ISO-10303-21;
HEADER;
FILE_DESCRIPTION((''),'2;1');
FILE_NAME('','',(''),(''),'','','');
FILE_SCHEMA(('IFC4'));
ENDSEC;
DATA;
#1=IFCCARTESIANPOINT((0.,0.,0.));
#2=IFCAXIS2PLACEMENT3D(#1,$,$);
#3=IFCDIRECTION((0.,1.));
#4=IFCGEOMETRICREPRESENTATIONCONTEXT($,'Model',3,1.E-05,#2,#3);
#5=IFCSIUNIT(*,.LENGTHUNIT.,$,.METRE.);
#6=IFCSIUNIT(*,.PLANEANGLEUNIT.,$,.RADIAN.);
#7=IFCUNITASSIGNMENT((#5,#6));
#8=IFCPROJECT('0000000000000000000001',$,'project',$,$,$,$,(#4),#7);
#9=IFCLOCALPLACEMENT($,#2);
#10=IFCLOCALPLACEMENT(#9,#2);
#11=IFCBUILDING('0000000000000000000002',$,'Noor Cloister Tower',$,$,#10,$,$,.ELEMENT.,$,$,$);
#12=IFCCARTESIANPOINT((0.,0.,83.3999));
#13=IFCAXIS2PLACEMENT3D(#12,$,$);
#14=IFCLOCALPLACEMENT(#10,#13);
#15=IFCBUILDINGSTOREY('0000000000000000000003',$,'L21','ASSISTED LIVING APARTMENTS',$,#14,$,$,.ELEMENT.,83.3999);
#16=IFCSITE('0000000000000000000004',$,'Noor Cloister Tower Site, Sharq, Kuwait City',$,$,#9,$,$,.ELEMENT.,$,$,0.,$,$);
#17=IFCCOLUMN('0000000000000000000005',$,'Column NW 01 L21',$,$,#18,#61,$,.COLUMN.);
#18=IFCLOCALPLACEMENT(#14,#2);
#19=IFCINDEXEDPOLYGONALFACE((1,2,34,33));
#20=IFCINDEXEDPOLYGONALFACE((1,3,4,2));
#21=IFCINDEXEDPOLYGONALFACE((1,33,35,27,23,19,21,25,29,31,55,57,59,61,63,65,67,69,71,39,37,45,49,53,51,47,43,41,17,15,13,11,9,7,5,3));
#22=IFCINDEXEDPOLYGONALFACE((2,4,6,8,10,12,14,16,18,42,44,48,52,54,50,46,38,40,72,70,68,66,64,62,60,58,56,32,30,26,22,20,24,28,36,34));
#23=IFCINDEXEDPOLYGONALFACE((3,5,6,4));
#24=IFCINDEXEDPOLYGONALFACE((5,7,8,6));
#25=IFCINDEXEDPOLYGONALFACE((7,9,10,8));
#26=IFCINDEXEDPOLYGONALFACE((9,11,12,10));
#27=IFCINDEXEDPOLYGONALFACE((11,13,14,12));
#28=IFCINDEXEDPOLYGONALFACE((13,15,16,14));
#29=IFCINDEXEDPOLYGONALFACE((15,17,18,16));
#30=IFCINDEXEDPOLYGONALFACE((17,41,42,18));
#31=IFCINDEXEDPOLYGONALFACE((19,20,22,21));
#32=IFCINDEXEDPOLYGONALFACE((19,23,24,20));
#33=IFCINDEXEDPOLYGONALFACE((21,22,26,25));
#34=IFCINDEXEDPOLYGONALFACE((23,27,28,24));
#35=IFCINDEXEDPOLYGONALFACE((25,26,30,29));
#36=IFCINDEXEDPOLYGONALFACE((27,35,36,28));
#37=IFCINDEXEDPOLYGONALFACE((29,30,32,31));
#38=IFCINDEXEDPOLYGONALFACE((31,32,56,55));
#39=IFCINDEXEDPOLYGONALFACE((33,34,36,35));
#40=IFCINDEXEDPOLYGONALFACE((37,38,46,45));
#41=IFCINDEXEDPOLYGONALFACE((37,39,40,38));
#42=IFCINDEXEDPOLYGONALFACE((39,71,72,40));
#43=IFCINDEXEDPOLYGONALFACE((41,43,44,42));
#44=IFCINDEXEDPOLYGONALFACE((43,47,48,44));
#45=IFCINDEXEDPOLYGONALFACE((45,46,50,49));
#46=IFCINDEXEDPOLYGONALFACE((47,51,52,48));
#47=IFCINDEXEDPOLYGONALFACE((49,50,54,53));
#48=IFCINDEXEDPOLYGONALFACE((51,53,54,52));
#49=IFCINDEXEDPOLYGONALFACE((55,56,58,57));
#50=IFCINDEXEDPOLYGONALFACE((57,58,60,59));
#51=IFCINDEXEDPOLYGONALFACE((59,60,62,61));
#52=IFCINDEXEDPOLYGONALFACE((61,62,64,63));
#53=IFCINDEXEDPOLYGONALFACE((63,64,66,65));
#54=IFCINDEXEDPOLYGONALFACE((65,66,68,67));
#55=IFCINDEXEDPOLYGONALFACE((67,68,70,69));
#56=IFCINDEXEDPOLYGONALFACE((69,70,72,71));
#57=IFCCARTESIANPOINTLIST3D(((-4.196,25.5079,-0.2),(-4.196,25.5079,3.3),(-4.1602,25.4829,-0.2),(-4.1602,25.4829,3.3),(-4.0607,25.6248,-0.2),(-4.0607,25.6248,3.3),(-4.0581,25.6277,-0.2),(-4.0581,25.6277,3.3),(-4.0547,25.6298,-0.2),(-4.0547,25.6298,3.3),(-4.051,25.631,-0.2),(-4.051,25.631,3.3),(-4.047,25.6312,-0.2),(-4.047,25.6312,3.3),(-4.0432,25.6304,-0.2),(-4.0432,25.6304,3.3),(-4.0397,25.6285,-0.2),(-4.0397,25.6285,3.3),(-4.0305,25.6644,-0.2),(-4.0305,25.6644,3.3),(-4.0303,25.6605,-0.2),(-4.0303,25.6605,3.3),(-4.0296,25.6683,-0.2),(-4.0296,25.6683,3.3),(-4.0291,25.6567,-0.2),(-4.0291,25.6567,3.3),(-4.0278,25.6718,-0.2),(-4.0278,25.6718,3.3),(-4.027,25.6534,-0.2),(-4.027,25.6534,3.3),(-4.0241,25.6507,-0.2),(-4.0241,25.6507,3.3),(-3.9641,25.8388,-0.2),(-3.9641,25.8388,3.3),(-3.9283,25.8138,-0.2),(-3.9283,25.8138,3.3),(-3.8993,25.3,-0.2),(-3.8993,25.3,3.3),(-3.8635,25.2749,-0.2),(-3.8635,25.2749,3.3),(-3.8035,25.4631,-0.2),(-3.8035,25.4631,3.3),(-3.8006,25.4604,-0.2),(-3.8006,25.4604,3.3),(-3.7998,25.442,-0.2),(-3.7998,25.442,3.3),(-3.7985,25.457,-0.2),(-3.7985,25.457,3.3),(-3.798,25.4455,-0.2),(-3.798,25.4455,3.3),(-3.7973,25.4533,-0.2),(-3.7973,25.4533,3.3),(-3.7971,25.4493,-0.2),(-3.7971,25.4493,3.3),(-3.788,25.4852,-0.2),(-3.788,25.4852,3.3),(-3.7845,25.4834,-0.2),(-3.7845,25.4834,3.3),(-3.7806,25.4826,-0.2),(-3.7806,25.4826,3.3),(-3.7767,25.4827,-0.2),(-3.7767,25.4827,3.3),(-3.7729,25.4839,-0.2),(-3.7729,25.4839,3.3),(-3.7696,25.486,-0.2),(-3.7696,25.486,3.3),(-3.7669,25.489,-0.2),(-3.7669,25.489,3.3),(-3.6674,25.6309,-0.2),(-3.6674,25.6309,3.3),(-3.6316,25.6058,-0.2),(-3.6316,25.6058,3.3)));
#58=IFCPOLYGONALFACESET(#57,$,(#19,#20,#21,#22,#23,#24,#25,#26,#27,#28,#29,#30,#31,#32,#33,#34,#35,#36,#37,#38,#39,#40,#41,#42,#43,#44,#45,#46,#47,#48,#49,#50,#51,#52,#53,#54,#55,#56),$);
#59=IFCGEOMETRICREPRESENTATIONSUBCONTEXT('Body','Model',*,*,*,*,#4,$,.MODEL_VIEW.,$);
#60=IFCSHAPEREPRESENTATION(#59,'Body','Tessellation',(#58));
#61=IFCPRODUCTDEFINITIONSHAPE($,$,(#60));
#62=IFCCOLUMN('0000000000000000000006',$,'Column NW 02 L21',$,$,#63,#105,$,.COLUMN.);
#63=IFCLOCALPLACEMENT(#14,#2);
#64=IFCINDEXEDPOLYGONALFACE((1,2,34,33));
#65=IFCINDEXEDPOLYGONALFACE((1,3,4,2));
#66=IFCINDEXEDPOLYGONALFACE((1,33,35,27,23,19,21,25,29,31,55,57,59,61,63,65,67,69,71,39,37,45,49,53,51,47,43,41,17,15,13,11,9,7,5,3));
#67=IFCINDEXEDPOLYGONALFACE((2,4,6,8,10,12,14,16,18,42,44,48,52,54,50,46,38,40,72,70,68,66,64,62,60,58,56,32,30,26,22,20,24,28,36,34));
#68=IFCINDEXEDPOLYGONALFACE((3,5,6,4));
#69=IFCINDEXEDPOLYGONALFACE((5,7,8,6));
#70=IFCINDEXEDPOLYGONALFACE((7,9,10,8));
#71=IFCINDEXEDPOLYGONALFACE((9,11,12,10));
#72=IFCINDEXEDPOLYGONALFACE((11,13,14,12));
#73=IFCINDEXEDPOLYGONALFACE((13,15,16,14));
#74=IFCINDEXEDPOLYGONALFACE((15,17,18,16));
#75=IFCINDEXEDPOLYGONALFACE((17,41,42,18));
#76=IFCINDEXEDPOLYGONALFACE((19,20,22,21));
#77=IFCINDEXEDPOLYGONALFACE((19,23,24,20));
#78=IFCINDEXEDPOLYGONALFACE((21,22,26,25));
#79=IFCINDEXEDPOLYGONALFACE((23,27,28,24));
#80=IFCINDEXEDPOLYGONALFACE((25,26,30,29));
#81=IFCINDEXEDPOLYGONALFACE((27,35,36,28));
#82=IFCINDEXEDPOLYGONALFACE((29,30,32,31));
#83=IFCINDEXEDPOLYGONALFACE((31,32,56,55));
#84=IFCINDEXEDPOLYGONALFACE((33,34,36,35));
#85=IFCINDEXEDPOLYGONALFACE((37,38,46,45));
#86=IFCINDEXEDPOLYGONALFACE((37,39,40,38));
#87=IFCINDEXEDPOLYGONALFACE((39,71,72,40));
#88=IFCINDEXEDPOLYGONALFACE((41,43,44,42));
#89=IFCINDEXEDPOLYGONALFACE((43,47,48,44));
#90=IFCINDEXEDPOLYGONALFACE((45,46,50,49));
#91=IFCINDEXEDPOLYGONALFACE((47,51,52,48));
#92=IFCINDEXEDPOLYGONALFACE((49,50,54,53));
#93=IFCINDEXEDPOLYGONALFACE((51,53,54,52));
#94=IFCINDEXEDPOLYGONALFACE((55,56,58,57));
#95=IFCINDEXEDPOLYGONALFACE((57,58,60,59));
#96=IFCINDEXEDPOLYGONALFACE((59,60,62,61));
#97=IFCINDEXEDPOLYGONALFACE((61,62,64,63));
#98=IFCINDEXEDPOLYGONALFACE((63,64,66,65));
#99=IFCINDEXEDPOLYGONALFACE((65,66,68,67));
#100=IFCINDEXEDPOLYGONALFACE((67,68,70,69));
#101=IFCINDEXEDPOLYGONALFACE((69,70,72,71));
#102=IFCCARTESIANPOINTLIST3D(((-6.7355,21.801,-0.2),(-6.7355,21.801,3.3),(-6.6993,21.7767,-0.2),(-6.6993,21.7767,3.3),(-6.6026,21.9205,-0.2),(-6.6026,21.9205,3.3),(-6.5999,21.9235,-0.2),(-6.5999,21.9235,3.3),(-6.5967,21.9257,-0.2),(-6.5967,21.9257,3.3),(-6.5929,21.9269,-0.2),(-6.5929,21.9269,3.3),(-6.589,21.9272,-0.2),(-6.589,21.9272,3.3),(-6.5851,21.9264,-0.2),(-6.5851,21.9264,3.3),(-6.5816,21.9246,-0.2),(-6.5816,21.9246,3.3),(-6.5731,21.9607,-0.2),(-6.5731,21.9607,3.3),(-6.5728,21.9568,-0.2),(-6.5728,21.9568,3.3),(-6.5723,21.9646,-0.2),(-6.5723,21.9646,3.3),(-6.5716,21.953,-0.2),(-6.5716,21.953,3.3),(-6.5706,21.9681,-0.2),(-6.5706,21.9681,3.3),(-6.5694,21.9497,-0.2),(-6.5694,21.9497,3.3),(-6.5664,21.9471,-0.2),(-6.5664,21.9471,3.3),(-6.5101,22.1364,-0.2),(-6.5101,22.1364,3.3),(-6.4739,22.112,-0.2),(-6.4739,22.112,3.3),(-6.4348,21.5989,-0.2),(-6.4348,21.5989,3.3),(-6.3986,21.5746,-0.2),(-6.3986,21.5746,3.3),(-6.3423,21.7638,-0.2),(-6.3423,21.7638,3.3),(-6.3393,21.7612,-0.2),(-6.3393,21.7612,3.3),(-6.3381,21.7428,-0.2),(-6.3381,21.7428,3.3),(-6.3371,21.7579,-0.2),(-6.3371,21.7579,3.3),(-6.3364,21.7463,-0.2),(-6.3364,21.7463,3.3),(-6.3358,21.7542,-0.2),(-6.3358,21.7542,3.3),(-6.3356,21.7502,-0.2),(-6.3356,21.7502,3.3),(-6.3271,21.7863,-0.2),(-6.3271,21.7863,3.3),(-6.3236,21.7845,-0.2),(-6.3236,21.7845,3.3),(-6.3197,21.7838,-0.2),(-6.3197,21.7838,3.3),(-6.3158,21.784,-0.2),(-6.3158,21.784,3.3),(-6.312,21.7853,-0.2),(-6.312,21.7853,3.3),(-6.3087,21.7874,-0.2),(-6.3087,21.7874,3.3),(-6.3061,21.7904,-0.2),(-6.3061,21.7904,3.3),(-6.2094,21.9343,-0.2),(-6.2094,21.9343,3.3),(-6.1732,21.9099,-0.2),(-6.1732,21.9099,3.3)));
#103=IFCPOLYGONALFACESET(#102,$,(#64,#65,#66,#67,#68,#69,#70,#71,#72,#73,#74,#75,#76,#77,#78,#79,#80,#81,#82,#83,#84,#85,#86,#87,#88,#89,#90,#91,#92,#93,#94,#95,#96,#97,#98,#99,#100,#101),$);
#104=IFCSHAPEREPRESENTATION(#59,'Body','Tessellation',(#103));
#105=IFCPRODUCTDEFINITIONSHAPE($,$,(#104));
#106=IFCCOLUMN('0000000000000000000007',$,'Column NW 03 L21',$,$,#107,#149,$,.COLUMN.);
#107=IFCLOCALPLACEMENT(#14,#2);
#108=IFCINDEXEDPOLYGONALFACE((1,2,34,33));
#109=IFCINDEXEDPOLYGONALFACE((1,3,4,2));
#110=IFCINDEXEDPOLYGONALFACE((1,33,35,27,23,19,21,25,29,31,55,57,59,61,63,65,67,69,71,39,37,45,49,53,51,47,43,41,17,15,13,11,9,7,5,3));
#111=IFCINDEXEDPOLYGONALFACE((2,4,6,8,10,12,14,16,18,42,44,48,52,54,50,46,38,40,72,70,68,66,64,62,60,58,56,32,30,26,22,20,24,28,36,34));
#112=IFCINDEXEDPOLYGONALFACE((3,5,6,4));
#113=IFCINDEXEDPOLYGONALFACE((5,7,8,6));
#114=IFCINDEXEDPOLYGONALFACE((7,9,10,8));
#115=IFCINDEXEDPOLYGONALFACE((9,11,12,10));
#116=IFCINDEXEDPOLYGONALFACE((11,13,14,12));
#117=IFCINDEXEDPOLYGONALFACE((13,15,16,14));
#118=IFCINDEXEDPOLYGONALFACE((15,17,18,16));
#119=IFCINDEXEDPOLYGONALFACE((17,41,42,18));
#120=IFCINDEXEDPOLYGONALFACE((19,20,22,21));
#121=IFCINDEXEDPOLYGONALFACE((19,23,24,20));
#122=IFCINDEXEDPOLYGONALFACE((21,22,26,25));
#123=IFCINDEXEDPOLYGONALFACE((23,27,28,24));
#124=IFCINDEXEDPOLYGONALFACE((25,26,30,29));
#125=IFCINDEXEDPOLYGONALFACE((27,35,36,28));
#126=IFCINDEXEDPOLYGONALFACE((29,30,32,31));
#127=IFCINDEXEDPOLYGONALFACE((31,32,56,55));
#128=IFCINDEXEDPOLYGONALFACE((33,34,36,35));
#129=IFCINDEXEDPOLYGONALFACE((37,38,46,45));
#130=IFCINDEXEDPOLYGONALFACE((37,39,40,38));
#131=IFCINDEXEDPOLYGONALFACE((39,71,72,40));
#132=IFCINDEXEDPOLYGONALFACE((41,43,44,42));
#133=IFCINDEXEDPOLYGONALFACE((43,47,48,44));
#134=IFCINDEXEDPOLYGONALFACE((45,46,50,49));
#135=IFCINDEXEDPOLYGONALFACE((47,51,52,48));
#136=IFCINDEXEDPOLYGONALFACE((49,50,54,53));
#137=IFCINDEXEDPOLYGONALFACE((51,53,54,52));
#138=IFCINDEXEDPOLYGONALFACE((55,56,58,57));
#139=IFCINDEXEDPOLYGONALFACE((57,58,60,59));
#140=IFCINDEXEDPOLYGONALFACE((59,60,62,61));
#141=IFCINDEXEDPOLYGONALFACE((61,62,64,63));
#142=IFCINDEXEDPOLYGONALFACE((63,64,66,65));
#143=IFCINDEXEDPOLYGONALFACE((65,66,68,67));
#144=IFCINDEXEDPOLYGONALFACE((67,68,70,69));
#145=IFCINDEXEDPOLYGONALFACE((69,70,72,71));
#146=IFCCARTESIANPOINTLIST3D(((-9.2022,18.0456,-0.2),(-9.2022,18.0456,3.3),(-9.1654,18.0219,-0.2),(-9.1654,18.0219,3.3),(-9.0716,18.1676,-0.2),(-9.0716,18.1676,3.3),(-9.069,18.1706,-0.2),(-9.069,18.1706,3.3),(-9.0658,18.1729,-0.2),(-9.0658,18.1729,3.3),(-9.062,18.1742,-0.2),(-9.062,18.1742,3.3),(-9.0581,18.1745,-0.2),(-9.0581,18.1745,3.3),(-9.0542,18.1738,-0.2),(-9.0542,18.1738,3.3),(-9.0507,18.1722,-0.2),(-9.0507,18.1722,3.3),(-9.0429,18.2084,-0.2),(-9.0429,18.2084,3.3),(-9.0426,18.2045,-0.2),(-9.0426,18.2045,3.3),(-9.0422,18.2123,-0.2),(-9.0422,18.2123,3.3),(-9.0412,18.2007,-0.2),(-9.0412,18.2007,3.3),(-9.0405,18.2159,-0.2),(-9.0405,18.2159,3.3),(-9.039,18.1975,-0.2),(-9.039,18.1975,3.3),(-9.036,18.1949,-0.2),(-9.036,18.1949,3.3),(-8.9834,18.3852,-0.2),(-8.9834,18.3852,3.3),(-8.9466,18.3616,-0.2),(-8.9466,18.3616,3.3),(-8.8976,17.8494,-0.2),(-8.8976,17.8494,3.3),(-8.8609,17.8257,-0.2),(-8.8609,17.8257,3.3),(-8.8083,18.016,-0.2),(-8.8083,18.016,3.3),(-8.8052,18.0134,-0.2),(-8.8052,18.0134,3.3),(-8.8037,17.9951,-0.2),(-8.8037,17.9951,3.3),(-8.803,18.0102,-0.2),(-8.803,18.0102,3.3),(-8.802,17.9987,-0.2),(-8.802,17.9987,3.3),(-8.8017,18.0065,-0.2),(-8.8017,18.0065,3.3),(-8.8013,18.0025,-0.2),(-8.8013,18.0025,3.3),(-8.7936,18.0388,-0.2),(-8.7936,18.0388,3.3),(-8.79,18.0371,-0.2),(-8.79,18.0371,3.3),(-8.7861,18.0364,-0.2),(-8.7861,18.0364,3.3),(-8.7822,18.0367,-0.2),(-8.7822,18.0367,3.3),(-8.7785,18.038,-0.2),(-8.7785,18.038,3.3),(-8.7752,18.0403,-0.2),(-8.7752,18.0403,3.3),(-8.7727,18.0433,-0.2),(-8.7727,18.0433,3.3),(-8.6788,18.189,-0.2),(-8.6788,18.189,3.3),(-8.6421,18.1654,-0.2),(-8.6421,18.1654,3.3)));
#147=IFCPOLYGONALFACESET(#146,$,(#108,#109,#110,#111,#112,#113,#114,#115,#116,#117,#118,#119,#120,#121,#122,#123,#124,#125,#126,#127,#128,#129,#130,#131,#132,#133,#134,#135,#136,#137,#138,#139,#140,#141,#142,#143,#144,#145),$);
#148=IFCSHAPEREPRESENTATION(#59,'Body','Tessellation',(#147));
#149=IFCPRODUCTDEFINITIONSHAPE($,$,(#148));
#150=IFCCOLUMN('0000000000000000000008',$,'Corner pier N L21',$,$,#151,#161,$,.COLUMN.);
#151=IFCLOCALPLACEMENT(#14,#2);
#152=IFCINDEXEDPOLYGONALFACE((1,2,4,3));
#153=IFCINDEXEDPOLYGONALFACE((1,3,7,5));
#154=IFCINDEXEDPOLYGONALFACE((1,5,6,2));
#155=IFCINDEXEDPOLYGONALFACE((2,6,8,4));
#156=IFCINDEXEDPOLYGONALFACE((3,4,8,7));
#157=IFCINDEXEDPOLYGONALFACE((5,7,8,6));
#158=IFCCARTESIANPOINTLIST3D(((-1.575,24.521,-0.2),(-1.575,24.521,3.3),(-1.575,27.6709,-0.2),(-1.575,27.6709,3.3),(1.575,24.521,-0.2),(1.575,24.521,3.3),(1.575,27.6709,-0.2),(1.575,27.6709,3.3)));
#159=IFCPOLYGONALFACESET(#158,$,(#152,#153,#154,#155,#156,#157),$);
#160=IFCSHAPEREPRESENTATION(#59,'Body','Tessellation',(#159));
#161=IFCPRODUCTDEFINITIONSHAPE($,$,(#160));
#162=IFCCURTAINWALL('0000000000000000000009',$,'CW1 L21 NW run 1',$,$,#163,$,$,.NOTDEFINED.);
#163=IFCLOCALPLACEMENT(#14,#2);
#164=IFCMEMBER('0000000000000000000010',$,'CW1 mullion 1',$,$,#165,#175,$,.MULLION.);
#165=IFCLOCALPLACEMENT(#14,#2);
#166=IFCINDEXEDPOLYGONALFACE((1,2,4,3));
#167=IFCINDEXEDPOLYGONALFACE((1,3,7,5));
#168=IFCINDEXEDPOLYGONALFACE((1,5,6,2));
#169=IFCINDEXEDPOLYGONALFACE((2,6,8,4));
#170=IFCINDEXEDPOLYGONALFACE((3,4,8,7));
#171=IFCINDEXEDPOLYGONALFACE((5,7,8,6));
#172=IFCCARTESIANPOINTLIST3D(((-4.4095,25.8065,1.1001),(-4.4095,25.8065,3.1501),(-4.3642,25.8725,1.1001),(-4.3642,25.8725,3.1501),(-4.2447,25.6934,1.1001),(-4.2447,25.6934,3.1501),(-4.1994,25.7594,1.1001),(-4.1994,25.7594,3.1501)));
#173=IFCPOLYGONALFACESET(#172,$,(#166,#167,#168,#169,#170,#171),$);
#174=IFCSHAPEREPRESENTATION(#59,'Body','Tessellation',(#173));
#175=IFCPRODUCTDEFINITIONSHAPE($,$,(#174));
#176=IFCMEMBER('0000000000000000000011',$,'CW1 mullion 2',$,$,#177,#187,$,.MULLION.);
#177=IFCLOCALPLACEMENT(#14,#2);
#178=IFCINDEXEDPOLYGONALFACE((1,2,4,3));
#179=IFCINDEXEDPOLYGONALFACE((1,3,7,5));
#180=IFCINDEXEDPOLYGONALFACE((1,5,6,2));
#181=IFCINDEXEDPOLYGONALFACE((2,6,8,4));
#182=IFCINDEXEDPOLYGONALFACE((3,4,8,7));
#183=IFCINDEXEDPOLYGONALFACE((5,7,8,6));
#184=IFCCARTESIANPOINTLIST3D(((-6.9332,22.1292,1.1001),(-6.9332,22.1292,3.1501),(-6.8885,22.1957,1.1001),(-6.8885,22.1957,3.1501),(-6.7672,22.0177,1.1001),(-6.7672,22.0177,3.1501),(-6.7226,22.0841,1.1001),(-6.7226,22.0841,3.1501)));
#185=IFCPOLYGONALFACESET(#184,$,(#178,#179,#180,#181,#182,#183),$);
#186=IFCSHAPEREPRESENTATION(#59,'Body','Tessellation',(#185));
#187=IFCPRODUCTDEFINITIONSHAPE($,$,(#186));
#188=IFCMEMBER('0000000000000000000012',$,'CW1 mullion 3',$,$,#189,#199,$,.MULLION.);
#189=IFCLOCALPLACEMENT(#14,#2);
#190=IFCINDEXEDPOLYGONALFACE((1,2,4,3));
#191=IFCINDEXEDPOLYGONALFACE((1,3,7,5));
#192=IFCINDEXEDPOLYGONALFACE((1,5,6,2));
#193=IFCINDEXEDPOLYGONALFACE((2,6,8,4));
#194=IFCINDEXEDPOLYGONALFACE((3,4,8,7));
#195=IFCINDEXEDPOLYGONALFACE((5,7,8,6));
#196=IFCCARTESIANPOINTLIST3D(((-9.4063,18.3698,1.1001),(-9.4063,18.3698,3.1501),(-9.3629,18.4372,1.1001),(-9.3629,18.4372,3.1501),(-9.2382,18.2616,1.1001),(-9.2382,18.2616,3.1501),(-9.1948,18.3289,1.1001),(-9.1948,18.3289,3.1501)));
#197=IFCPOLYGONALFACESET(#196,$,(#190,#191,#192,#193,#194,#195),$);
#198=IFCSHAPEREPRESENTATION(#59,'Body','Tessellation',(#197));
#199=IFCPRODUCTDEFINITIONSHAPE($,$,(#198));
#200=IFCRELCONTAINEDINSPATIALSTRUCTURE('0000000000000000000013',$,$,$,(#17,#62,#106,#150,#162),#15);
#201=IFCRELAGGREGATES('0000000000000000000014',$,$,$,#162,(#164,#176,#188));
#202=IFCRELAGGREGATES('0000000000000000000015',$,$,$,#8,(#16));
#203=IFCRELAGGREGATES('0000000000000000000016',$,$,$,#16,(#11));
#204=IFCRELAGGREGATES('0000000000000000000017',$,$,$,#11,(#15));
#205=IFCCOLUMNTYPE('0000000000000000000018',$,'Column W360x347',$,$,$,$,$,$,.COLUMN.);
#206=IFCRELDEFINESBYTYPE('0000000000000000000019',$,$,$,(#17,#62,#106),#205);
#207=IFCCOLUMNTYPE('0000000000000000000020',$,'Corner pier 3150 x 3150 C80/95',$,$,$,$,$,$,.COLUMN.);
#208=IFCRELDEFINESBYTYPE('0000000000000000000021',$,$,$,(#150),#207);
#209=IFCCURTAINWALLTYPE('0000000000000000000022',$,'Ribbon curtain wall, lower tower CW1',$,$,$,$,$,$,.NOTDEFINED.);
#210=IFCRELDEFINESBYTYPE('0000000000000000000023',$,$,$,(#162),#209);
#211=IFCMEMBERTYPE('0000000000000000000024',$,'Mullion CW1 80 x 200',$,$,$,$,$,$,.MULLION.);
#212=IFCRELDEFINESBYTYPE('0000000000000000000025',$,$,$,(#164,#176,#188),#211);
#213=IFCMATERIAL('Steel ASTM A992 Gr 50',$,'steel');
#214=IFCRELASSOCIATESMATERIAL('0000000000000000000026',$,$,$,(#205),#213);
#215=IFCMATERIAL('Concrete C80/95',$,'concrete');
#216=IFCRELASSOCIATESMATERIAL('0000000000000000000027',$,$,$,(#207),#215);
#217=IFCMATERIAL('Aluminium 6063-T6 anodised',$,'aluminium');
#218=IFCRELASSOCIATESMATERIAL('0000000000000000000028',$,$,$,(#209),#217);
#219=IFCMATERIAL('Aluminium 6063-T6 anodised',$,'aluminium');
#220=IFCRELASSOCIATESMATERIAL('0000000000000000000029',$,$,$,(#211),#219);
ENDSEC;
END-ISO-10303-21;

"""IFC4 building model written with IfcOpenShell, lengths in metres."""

from ifc_helpers import new_model, si_unit, direction, frame, origin, origin_2d, place, context, subcontext, project, spatial, rectangle, i_section, extrude, material, material_profile, profile_set, type_object, element, aggregate, save


model = new_model("IFC4")

# Units and contexts
model_context = context("Model", 3, precision=1e-05, world=origin(), true_north=direction((0.0, 1.0)))
body_context = subcontext(model_context, "Body", "Model", "MODEL_VIEW")
ifc_project = project(units=[si_unit("LENGTHUNIT", "METRE"), si_unit("PLANEANGLEUNIT", "RADIAN")], contexts=[model_context])

# Site, building, storey
site_placement = place(None, origin())
site = spatial("IfcSite", under=ifc_project, at=site_placement, Name="Noor Cloister Tower Site, Sharq, Kuwait City", CompositionType="ELEMENT", RefElevation=0.0)
building_placement = place(site_placement, origin())
building = spatial("IfcBuilding", under=site, at=building_placement, Name="Noor Cloister Tower", CompositionType="ELEMENT")
storey_placement = place(building_placement, frame((0.0, 0.0, 83.3999)))
storey = spatial("IfcBuildingStorey", under=building, at=storey_placement, Name="L21", Description="ASSISTED LIVING APARTMENTS", CompositionType="ELEMENT", Elevation=83.3999)

# Columns
ifc_material_1 = material(Name="Steel ASTM A992 Gr 50", Category="steel")
ifc_material_profile_1 = material_profile(ifc_material_1, i_section(OverallWidth=0.4041, OverallDepth=0.406, WebThickness=0.0271, FlangeThickness=0.0437, FilletRadius=0.0151, at=origin_2d()), Name="W360x347")
ifc_profile_set_1 = profile_set([ifc_material_profile_1], Name="Steel ASTM A992 Gr 50")
column_type_1 = type_object("IfcColumnType", Name="Column W360x347", PredefinedType="COLUMN", material=ifc_profile_set_1)
for number, where, z_axis, x_axis, name in (
    (1, (-3.9138, 25.5569, -0.2), (0.0, 0.0, 1.0), (-0.573899, -0.818926, 0.0), "Column NW 01 L21"),
    (2, (-6.4543, 21.8555, -0.2), (0.0, 0.0, 1.0), (-0.557838, -0.82995, 0.0), "Column NW 02 L21"),
    (3, (-8.9221, 18.1055, -0.2), (0.0, 0.0, 1.0), (-0.541566, -0.840658, 0.0), "Column NW 03 L21"),
):
    element("IfcColumn", number, at=place(storey_placement, frame(where, z_axis=z_axis, x_axis=x_axis)), inside=storey, type_object=column_type_1, Name=name, PredefinedType="COLUMN", context=body_context, shape_type="SweptSolid", body=[
        extrude(i_section(OverallWidth=0.4041, OverallDepth=0.406, WebThickness=0.0271, FlangeThickness=0.0437, FilletRadius=0.0151, at=origin_2d()), origin(), (0.0, 0.0, 1.0), 3.5),
    ])
ifc_material_2 = material(Name="Concrete C80/95", Category="concrete")
ifc_material_profile_2 = material_profile(ifc_material_2, rectangle(XDim=3.1499, YDim=3.1499, at=origin_2d()), Name="RC 3150x3150")
ifc_profile_set_2 = profile_set([ifc_material_profile_2], Name="Concrete C80/95")
column_type_2 = type_object("IfcColumnType", Name="Corner pier 3150 x 3150 C80/95", PredefinedType="COLUMN", material=ifc_profile_set_2)
column_placement = place(storey_placement, frame((0.0, 26.0959, -0.2), z_axis=(0.0, 0.0, 1.0), x_axis=(0.0, 1.0, 0.0)))
element("IfcColumn", 4, at=column_placement, inside=storey, type_object=column_type_2, Name="Corner pier N L21", PredefinedType="COLUMN", context=body_context, shape_type="SweptSolid", body=[
    extrude(rectangle(XDim=3.1499, YDim=3.1499, at=origin_2d()), origin(), (0.0, 0.0, 1.0), 3.5),
])

# Curtain wall, members
ifc_material_3 = material(Name="Aluminium 6063-T6 anodised", Category="aluminium")
curtain_wall_type = type_object("IfcCurtainWallType", Name="Ribbon curtain wall, lower tower CW1", PredefinedType="NOTDEFINED", material=ifc_material_3)
curtain_wall_placement = place(storey_placement, origin())
curtain_wall = element("IfcCurtainWall", 5, at=curtain_wall_placement, inside=storey, type_object=curtain_wall_type, Name="CW1 L21 NW run 1", PredefinedType="NOTDEFINED")
ifc_material_4 = material(Name="Aluminium 6063-T6 anodised", Category="aluminium")
ifc_material_profile_3 = material_profile(ifc_material_4, rectangle(XDim=0.2, YDim=0.0801, at=origin_2d()), Name="200 x 80 mullion")
ifc_profile_set_3 = profile_set([ifc_material_profile_3], Name="Aluminium 6063-T6 anodised")
member_type = type_object("IfcMemberType", Name="Mullion CW1 80 x 200", PredefinedType="MULLION", material=ifc_profile_set_3)
member_1_placement = place(storey_placement, frame((-4.3044, 25.783, 1.1001), z_axis=(0.0, 0.0, 1.0), x_axis=(0.824477, -0.565895, 0.0)))
member_1 = element("IfcMember", 6, at=member_1_placement, type_object=member_type, Name="CW1 mullion 1", PredefinedType="MULLION", context=body_context, shape_type="SweptSolid", body=[
    extrude(rectangle(XDim=0.2, YDim=0.0801, at=origin_2d()), origin(), (0.0, 0.0, 1.0), 2.05),
])
member_2_placement = place(storey_placement, frame((-6.8279, 22.1067, 1.1001), z_axis=(0.0, 0.0, 1.0), x_axis=(0.82995, -0.557838, 0.0)))
member_2 = element("IfcMember", 7, at=member_2_placement, type_object=member_type, Name="CW1 mullion 2", PredefinedType="MULLION", context=body_context, shape_type="SweptSolid", body=[
    extrude(rectangle(XDim=0.2, YDim=0.0801, at=origin_2d()), origin(), (0.0, 0.0, 1.0), 2.05),
])
member_3_placement = place(storey_placement, frame((-9.3005, 18.3494, 1.1001), z_axis=(0.0, 0.0, 1.0), x_axis=(0.840658, -0.541566, 0.0)))
member_3 = element("IfcMember", 8, at=member_3_placement, type_object=member_type, Name="CW1 mullion 3", PredefinedType="MULLION", context=body_context, shape_type="SweptSolid", body=[
    extrude(rectangle(XDim=0.2, YDim=0.0801, at=origin_2d()), origin(), (0.0, 0.0, 1.0), 2.05),
])

aggregate(curtain_wall, [member_1, member_2, member_3])

save(model, "model.ifc")
